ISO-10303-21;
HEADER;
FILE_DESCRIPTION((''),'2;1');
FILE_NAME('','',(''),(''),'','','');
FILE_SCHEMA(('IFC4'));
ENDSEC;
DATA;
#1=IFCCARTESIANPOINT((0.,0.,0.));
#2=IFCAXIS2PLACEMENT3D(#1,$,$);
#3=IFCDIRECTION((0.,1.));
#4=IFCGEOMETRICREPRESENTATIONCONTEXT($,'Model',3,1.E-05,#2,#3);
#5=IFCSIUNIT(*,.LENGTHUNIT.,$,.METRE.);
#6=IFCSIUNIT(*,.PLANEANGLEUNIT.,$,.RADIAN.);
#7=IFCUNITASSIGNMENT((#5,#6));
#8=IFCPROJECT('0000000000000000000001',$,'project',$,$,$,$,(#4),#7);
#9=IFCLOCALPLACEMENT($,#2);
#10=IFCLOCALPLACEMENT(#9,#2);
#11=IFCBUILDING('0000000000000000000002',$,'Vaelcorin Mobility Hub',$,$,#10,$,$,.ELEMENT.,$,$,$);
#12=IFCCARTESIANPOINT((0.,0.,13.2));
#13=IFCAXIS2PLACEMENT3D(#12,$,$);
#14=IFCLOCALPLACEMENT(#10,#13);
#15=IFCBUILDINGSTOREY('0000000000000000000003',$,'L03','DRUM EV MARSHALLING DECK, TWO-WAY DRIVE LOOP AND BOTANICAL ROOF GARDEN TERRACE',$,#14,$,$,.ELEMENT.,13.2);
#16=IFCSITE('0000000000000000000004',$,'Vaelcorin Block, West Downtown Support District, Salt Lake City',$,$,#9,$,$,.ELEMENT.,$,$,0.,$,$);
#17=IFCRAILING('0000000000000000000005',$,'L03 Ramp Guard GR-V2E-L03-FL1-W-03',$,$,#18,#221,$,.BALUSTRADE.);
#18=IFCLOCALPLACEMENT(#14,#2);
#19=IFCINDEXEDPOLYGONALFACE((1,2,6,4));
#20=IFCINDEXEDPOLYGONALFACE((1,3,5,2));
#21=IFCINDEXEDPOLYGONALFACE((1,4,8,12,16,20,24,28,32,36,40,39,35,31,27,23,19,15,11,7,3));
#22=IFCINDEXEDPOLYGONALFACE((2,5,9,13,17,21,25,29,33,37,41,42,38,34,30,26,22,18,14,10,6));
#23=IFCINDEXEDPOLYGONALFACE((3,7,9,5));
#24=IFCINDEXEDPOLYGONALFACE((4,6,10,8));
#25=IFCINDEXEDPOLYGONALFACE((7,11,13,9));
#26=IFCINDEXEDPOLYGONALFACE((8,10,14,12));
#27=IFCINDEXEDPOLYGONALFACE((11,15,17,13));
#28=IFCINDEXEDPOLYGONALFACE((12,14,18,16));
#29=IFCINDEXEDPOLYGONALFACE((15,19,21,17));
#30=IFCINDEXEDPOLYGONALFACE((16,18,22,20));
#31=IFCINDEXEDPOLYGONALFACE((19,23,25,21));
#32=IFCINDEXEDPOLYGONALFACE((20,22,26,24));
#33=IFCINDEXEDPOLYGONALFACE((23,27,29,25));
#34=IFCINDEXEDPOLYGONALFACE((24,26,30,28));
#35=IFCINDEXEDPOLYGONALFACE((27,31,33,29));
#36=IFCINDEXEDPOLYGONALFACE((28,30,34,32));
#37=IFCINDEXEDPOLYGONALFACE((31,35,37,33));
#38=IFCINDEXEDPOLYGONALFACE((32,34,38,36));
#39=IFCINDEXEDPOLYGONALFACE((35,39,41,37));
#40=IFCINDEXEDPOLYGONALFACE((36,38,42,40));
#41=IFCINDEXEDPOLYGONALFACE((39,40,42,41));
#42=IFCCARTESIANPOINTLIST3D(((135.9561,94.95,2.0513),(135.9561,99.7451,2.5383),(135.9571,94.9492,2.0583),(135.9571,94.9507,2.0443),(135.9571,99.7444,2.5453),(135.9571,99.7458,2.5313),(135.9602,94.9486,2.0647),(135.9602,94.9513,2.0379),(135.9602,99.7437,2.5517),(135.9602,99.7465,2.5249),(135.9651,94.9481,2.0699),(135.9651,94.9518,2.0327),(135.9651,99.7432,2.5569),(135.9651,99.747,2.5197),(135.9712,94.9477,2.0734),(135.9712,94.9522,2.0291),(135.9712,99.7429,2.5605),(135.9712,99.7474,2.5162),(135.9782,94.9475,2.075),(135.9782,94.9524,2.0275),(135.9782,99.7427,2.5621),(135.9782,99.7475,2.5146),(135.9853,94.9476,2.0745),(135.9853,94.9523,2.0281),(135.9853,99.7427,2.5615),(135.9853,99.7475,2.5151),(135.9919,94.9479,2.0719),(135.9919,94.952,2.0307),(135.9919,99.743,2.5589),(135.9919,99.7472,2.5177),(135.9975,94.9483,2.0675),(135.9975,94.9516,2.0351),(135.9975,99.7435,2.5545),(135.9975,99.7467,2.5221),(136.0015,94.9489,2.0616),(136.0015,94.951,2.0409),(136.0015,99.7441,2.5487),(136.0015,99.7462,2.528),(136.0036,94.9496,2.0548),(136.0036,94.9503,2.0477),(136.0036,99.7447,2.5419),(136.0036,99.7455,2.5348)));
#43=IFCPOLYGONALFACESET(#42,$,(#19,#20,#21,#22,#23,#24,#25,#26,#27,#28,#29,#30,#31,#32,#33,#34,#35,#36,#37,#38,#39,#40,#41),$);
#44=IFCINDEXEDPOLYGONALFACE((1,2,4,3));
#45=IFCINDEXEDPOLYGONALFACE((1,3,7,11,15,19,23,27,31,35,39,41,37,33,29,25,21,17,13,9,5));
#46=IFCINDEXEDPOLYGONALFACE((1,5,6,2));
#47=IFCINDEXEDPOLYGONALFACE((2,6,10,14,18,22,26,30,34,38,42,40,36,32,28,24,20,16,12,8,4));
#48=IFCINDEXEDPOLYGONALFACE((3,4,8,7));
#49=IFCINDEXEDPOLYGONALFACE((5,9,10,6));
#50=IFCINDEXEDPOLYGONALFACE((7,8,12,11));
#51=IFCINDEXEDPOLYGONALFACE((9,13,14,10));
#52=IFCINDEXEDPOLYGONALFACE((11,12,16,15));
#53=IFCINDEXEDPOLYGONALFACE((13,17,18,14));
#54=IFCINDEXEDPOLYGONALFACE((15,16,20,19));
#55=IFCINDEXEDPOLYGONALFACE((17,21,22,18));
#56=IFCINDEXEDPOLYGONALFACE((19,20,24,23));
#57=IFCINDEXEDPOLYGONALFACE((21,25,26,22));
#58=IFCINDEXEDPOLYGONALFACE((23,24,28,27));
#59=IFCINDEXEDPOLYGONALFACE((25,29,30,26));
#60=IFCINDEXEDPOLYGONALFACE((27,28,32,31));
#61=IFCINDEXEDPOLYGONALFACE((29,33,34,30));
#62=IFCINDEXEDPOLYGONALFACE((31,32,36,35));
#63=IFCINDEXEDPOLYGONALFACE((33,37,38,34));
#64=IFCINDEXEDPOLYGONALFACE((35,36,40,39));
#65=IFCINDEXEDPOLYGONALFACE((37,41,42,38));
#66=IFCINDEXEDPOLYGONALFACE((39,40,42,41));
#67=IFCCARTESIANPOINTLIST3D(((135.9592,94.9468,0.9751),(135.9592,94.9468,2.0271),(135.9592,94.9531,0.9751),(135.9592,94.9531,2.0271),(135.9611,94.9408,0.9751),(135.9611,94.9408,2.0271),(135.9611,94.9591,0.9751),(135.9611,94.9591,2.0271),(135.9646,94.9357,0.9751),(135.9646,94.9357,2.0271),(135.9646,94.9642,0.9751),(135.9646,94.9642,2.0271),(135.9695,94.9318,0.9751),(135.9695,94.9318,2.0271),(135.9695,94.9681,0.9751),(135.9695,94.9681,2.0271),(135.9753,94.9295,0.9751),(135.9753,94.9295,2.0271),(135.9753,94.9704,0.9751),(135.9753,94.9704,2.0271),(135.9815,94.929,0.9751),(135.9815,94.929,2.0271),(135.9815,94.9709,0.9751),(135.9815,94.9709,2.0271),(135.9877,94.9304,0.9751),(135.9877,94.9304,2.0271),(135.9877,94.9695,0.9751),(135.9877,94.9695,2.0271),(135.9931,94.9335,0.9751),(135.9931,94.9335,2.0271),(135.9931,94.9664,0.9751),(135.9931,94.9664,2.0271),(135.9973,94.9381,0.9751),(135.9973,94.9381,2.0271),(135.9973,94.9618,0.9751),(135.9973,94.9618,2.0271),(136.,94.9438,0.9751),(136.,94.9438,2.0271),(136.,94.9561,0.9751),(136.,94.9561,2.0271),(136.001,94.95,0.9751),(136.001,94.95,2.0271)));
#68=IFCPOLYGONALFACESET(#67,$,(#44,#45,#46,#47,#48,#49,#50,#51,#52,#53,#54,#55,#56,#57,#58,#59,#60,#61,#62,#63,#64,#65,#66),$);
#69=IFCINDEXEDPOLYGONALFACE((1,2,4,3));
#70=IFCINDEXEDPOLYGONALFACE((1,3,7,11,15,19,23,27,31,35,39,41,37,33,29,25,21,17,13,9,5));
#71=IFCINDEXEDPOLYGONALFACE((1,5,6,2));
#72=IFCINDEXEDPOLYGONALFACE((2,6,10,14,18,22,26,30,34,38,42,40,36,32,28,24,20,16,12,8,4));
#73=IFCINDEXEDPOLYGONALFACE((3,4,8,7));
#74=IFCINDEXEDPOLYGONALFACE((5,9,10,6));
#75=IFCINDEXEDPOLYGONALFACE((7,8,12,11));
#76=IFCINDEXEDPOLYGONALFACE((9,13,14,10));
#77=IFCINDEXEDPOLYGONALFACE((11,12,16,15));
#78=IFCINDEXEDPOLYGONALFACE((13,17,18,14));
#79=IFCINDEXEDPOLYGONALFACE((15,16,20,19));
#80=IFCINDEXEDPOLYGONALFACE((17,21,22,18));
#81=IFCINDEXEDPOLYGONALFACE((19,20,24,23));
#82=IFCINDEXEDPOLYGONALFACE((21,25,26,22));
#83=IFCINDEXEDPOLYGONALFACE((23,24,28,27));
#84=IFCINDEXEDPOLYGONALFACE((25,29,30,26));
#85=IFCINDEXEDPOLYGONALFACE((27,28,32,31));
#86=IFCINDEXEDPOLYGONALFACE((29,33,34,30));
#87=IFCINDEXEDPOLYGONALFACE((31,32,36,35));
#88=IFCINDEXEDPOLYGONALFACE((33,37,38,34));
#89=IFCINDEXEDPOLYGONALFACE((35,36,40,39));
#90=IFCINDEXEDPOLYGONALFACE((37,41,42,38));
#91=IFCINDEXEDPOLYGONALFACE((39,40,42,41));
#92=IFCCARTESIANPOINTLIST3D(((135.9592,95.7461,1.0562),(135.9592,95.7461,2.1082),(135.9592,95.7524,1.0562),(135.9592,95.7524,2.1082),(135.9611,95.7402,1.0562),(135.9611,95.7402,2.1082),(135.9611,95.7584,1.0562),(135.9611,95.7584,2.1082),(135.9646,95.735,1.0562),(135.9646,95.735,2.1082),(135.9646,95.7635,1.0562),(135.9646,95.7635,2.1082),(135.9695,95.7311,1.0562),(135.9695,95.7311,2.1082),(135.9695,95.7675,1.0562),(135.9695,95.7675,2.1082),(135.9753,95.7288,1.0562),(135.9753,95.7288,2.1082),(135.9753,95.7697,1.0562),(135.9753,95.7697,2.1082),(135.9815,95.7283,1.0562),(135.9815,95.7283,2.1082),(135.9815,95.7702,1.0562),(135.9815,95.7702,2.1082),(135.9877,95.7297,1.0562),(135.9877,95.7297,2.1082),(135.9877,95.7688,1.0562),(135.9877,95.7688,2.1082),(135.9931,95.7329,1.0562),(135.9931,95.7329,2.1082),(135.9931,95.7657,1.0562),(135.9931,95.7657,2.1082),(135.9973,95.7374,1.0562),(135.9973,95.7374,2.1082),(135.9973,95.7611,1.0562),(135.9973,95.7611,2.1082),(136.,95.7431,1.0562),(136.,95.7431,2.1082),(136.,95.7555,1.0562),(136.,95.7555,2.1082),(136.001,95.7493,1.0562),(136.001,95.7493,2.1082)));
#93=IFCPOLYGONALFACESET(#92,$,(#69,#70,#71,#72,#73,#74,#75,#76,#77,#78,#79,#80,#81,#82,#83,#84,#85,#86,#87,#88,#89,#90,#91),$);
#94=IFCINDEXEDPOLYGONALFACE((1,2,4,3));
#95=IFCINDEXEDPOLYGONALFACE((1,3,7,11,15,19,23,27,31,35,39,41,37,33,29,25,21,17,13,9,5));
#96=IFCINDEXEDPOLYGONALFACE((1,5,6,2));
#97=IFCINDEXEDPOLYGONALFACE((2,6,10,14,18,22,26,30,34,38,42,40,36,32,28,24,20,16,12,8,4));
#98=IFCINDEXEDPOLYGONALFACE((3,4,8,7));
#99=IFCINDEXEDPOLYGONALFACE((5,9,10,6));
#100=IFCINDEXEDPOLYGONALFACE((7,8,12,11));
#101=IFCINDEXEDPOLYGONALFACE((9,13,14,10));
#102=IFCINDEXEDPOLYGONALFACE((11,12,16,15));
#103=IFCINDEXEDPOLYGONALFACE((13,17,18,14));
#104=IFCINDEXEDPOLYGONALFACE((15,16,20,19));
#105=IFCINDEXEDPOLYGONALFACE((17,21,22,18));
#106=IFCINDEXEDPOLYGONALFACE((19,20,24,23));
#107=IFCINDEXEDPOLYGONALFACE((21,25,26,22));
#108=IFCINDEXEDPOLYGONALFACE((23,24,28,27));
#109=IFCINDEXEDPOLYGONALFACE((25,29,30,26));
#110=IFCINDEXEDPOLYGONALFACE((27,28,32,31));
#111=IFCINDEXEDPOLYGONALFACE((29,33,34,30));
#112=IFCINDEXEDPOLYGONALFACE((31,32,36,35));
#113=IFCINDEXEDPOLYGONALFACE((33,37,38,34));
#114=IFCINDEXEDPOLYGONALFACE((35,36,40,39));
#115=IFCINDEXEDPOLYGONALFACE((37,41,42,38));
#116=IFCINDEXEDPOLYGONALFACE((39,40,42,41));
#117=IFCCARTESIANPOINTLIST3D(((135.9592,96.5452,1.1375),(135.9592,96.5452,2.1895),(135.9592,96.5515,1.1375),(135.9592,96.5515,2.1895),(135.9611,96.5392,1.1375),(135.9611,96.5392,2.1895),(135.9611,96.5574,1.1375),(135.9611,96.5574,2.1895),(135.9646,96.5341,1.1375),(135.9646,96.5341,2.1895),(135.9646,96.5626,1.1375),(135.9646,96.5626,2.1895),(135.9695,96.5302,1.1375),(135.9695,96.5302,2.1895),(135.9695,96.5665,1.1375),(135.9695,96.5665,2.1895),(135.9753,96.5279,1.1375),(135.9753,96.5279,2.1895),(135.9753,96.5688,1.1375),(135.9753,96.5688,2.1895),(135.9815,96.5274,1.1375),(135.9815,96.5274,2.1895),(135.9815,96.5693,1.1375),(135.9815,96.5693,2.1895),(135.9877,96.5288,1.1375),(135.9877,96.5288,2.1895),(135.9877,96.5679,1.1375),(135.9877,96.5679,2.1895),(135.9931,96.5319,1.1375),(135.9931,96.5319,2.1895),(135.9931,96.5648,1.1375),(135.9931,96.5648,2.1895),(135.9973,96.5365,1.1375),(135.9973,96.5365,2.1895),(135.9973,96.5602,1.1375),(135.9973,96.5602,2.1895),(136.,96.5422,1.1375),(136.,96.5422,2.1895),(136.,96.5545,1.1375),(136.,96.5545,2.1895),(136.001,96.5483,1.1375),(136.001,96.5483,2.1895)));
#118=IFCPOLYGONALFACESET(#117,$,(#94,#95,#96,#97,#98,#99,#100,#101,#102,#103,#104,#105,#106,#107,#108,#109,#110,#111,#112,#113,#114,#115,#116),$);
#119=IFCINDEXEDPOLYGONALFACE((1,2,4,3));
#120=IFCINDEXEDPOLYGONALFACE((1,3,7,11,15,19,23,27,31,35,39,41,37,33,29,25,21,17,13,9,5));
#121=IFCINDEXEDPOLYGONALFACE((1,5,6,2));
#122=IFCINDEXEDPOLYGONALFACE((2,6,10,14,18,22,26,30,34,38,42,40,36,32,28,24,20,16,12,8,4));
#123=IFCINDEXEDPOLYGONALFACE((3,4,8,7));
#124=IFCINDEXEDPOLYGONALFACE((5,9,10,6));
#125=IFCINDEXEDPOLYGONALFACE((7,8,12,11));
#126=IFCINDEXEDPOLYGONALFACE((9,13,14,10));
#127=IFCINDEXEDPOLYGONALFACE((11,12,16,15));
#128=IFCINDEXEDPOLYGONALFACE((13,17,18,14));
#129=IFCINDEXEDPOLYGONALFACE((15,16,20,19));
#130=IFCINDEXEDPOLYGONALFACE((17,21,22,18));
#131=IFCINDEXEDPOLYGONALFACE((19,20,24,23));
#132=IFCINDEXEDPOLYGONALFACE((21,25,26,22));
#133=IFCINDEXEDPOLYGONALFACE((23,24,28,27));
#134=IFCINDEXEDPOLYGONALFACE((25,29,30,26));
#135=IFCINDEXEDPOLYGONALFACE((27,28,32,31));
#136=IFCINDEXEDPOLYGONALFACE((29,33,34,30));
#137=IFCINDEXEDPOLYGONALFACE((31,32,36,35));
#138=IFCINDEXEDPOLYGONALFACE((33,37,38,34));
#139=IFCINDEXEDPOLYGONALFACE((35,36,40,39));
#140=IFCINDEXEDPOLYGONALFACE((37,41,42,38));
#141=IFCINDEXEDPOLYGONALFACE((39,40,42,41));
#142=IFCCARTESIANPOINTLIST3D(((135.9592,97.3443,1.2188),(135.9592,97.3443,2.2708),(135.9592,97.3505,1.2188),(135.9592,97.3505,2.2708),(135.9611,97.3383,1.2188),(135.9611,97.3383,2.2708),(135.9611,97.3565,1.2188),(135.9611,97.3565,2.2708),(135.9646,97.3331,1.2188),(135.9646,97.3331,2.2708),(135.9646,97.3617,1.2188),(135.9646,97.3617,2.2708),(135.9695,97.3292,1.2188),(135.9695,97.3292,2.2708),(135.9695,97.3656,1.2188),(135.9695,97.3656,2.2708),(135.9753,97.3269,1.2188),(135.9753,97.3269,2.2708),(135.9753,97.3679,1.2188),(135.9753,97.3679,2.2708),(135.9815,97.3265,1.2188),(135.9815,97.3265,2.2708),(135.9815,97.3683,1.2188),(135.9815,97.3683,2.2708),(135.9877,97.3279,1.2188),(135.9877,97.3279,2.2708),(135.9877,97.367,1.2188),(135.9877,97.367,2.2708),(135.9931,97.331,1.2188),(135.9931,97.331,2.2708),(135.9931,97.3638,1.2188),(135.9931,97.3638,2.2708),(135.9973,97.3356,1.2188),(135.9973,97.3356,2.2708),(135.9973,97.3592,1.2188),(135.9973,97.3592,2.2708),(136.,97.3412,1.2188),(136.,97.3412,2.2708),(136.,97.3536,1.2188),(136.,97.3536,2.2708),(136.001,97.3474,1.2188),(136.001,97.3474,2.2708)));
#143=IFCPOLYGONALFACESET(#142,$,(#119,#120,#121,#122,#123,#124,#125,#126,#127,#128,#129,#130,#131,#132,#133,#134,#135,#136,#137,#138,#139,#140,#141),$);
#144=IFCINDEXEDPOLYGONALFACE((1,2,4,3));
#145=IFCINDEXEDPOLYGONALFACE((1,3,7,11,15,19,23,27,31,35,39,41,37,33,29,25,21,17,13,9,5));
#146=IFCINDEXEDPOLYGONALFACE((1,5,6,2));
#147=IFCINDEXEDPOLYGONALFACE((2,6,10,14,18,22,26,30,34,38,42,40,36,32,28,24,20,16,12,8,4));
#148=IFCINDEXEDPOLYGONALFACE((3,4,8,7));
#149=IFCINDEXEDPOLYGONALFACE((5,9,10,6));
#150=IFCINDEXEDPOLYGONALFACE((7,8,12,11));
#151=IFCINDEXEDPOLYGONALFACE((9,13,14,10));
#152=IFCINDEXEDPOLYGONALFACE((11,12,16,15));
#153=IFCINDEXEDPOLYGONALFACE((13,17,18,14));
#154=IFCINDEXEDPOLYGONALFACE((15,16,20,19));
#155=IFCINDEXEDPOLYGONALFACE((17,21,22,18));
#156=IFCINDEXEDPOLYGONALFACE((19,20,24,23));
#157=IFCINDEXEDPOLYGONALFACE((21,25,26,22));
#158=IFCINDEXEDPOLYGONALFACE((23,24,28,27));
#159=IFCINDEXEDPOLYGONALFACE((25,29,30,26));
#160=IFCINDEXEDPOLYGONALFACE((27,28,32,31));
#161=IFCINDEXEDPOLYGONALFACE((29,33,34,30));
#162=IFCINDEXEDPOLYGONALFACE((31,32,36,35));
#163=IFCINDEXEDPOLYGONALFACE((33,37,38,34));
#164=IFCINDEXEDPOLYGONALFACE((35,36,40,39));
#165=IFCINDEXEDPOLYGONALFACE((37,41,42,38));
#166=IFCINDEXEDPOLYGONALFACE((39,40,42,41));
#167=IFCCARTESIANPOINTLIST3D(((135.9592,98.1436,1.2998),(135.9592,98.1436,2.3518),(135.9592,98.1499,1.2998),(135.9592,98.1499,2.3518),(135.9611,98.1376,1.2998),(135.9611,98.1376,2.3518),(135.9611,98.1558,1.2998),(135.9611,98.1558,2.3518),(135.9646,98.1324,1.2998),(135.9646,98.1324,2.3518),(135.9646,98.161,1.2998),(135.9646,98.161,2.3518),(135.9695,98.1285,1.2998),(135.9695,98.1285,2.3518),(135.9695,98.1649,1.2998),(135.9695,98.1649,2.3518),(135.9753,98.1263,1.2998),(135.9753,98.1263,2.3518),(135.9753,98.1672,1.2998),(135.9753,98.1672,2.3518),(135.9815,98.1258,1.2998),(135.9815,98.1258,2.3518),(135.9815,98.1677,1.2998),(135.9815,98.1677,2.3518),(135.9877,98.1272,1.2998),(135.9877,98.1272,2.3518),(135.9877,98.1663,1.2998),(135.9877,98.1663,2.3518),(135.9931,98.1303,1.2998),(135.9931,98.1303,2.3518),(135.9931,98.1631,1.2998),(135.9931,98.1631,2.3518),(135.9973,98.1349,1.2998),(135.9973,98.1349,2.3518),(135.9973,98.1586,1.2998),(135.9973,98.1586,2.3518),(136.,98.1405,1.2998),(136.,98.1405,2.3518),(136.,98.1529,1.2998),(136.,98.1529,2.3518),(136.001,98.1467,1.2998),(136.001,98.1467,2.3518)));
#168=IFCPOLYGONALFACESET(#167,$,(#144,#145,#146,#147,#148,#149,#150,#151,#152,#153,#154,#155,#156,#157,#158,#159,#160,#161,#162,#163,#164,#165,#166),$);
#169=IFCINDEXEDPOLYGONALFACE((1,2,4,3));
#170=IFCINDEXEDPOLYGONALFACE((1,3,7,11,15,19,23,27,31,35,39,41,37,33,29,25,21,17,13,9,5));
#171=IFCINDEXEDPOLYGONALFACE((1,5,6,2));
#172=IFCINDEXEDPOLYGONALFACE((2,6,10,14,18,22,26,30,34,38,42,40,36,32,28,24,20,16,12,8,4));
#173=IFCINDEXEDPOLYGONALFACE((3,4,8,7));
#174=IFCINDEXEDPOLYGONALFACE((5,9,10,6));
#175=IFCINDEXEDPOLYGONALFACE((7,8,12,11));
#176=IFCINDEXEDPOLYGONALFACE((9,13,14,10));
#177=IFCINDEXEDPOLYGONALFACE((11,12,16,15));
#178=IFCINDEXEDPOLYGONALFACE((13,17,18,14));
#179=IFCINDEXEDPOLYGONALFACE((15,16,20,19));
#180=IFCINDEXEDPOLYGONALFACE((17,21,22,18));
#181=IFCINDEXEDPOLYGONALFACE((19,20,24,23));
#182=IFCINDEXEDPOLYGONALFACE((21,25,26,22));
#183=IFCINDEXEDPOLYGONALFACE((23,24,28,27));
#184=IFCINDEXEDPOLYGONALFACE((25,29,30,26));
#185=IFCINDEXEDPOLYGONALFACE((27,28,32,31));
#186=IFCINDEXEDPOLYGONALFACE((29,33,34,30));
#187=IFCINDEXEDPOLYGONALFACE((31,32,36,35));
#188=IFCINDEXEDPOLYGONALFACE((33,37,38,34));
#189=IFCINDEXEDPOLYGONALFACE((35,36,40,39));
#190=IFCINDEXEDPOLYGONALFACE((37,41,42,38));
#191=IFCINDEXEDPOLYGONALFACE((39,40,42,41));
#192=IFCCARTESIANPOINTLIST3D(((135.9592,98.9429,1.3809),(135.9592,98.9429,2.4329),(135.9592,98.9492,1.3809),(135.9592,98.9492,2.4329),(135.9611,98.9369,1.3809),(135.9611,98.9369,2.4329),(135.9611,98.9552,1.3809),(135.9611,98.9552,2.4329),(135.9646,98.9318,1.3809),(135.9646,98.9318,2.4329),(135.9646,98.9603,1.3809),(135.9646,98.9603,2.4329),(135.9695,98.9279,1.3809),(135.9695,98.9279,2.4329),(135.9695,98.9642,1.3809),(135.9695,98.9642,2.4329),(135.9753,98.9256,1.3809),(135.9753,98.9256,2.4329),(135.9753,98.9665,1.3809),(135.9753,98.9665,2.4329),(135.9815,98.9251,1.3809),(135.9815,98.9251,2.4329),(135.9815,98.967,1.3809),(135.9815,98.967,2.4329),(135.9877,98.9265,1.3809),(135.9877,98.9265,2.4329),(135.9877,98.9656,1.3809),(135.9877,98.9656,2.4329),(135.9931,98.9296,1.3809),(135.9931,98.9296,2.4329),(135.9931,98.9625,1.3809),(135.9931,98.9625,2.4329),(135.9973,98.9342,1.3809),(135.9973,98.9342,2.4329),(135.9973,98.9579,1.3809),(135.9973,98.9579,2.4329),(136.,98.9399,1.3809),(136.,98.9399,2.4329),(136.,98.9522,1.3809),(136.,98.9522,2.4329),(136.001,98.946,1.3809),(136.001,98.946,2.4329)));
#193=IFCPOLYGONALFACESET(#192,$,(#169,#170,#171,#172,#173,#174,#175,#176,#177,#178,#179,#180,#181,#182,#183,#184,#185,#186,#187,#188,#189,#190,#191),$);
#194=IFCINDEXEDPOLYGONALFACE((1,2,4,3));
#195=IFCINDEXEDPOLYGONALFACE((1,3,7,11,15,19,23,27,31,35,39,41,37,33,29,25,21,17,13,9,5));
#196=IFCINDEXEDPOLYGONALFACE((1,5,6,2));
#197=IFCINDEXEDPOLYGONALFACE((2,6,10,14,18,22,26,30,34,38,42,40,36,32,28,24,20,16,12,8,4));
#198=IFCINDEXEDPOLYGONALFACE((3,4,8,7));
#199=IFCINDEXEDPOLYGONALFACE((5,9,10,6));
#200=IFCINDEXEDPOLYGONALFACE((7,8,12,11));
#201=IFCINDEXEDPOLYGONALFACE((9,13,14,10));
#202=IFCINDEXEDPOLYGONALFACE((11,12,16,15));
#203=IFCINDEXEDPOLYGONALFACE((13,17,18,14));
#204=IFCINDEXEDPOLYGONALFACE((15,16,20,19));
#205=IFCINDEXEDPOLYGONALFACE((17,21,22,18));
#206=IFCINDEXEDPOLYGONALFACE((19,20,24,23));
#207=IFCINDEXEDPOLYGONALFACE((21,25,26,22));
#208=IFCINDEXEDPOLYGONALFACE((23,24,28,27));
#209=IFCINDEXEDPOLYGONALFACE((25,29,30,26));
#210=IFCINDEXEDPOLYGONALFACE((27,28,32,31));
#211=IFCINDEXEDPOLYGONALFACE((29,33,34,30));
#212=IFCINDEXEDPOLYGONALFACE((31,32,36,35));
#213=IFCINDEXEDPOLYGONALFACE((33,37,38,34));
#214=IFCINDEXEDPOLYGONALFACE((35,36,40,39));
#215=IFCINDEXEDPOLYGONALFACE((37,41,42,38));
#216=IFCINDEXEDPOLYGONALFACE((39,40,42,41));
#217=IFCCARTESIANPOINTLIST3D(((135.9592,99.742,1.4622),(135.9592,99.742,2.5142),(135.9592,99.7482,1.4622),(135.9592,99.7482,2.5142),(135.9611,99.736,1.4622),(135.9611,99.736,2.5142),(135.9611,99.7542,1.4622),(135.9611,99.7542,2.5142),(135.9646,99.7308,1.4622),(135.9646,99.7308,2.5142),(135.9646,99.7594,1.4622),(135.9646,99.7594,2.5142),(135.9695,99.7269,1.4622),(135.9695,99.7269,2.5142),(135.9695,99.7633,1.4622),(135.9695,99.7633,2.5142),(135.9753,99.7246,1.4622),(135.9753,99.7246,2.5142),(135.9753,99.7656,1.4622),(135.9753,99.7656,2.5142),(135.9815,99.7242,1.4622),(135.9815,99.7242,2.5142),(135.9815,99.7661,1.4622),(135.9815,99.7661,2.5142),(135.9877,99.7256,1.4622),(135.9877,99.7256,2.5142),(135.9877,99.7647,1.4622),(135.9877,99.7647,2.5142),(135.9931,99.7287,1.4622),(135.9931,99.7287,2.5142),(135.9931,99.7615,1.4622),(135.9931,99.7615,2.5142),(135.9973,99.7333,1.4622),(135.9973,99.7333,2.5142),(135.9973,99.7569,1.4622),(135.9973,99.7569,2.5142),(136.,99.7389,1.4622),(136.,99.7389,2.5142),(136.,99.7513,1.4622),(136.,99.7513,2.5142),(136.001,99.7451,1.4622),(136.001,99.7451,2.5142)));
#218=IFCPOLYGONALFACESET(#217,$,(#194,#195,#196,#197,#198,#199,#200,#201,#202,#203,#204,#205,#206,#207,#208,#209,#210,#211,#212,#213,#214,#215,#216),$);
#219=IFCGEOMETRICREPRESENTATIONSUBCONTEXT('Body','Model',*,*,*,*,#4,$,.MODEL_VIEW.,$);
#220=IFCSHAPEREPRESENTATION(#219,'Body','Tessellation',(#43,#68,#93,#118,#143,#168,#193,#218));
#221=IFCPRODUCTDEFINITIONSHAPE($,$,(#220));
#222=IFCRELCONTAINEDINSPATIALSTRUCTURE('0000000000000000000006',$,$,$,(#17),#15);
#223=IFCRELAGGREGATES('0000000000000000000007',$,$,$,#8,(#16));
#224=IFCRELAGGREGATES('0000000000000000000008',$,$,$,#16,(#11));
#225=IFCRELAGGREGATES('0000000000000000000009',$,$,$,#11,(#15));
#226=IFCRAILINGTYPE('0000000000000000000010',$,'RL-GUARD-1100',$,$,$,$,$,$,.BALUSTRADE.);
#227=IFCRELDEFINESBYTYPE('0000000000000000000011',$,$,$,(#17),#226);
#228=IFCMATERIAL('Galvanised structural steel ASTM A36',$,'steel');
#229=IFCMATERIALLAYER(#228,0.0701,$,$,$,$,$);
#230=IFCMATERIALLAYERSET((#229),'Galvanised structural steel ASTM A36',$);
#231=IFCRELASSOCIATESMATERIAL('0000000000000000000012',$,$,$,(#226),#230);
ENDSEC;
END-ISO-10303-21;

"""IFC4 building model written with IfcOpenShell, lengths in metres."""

from ifc_helpers import new_model, si_unit, direction, frame, origin, origin_2d, place, context, subcontext, project, spatial, circle, extrude, material, layer, layer_set, type_object, element, save


model = new_model("IFC4")

# Units and contexts
model_context = context("Model", 3, precision=1e-05, world=origin(), true_north=direction((0.0, 1.0)))
body_context = subcontext(model_context, "Body", "Model", "MODEL_VIEW")
ifc_project = project(units=[si_unit("LENGTHUNIT", "METRE"), si_unit("PLANEANGLEUNIT", "RADIAN")], contexts=[model_context])

# Site, building, storey
site_placement = place(None, origin())
site = spatial("IfcSite", under=ifc_project, at=site_placement, Name="Vaelcorin Block, West Downtown Support District, Salt Lake City", CompositionType="ELEMENT", RefElevation=0.0)
building_placement = place(site_placement, origin())
building = spatial("IfcBuilding", under=site, at=building_placement, Name="Vaelcorin Mobility Hub", CompositionType="ELEMENT")
storey_placement = place(building_placement, frame((0.0, 0.0, 13.2)))
storey = spatial("IfcBuildingStorey", under=building, at=storey_placement, Name="L03", Description="DRUM EV MARSHALLING DECK, TWO-WAY DRIVE LOOP AND BOTANICAL ROOF GARDEN TERRACE", CompositionType="ELEMENT", Elevation=13.2)

# Railing
ifc_material_1 = material(Name="Galvanised structural steel ASTM A36", Category="steel")
ifc_layer = layer(ifc_material_1, 0.0701)
ifc_layer_set = layer_set([ifc_layer], Name="Galvanised structural steel ASTM A36")
railing_type = type_object("IfcRailingType", Name="RL-GUARD-1100", PredefinedType="BALUSTRADE", material=ifc_layer_set)
railing_1_placement = place(storey_placement, frame((135.98, 94.95, 0.9751)))
element("IfcRailing", 1, at=railing_1_placement, inside=storey, type_object=railing_type, Name="L03 Ramp Guard GR-V2E-L03-FL1-W-03", PredefinedType="BALUSTRADE", context=body_context, shape_type="SweptSolid", body=[
    extrude(circle(Radius=0.0239, at=origin_2d()), frame((0.0, 0.0, 1.0762), z_axis=(0.0, 0.994881, 0.101053), x_axis=(-1.0, 0.0, 0.0)), (0.0, 0.0, 1.0), 4.8198),
    extrude(circle(Radius=0.021, at=origin_2d()), origin(), (0.0, 0.0, 1.0), 1.052),
    extrude(circle(Radius=0.021, at=origin_2d()), frame((0.0, 0.7993, 0.0811)), (0.0, 0.0, 1.0), 1.052),
    extrude(circle(Radius=0.021, at=origin_2d()), frame((0.0, 1.5984, 0.1624)), (0.0, 0.0, 1.0), 1.052),
    extrude(circle(Radius=0.021, at=origin_2d()), frame((0.0, 2.3975, 0.2437)), (0.0, 0.0, 1.0), 1.052),
    extrude(circle(Radius=0.021, at=origin_2d()), frame((0.0, 3.1968, 0.3247)), (0.0, 0.0, 1.0), 1.052),
    extrude(circle(Radius=0.021, at=origin_2d()), frame((0.0, 3.9961, 0.4058)), (0.0, 0.0, 1.0), 1.052),
    extrude(circle(Radius=0.021, at=origin_2d()), frame((0.0, 4.7952, 0.4871)), (0.0, 0.0, 1.0), 1.052),
])

save(model, "model.ifc")
